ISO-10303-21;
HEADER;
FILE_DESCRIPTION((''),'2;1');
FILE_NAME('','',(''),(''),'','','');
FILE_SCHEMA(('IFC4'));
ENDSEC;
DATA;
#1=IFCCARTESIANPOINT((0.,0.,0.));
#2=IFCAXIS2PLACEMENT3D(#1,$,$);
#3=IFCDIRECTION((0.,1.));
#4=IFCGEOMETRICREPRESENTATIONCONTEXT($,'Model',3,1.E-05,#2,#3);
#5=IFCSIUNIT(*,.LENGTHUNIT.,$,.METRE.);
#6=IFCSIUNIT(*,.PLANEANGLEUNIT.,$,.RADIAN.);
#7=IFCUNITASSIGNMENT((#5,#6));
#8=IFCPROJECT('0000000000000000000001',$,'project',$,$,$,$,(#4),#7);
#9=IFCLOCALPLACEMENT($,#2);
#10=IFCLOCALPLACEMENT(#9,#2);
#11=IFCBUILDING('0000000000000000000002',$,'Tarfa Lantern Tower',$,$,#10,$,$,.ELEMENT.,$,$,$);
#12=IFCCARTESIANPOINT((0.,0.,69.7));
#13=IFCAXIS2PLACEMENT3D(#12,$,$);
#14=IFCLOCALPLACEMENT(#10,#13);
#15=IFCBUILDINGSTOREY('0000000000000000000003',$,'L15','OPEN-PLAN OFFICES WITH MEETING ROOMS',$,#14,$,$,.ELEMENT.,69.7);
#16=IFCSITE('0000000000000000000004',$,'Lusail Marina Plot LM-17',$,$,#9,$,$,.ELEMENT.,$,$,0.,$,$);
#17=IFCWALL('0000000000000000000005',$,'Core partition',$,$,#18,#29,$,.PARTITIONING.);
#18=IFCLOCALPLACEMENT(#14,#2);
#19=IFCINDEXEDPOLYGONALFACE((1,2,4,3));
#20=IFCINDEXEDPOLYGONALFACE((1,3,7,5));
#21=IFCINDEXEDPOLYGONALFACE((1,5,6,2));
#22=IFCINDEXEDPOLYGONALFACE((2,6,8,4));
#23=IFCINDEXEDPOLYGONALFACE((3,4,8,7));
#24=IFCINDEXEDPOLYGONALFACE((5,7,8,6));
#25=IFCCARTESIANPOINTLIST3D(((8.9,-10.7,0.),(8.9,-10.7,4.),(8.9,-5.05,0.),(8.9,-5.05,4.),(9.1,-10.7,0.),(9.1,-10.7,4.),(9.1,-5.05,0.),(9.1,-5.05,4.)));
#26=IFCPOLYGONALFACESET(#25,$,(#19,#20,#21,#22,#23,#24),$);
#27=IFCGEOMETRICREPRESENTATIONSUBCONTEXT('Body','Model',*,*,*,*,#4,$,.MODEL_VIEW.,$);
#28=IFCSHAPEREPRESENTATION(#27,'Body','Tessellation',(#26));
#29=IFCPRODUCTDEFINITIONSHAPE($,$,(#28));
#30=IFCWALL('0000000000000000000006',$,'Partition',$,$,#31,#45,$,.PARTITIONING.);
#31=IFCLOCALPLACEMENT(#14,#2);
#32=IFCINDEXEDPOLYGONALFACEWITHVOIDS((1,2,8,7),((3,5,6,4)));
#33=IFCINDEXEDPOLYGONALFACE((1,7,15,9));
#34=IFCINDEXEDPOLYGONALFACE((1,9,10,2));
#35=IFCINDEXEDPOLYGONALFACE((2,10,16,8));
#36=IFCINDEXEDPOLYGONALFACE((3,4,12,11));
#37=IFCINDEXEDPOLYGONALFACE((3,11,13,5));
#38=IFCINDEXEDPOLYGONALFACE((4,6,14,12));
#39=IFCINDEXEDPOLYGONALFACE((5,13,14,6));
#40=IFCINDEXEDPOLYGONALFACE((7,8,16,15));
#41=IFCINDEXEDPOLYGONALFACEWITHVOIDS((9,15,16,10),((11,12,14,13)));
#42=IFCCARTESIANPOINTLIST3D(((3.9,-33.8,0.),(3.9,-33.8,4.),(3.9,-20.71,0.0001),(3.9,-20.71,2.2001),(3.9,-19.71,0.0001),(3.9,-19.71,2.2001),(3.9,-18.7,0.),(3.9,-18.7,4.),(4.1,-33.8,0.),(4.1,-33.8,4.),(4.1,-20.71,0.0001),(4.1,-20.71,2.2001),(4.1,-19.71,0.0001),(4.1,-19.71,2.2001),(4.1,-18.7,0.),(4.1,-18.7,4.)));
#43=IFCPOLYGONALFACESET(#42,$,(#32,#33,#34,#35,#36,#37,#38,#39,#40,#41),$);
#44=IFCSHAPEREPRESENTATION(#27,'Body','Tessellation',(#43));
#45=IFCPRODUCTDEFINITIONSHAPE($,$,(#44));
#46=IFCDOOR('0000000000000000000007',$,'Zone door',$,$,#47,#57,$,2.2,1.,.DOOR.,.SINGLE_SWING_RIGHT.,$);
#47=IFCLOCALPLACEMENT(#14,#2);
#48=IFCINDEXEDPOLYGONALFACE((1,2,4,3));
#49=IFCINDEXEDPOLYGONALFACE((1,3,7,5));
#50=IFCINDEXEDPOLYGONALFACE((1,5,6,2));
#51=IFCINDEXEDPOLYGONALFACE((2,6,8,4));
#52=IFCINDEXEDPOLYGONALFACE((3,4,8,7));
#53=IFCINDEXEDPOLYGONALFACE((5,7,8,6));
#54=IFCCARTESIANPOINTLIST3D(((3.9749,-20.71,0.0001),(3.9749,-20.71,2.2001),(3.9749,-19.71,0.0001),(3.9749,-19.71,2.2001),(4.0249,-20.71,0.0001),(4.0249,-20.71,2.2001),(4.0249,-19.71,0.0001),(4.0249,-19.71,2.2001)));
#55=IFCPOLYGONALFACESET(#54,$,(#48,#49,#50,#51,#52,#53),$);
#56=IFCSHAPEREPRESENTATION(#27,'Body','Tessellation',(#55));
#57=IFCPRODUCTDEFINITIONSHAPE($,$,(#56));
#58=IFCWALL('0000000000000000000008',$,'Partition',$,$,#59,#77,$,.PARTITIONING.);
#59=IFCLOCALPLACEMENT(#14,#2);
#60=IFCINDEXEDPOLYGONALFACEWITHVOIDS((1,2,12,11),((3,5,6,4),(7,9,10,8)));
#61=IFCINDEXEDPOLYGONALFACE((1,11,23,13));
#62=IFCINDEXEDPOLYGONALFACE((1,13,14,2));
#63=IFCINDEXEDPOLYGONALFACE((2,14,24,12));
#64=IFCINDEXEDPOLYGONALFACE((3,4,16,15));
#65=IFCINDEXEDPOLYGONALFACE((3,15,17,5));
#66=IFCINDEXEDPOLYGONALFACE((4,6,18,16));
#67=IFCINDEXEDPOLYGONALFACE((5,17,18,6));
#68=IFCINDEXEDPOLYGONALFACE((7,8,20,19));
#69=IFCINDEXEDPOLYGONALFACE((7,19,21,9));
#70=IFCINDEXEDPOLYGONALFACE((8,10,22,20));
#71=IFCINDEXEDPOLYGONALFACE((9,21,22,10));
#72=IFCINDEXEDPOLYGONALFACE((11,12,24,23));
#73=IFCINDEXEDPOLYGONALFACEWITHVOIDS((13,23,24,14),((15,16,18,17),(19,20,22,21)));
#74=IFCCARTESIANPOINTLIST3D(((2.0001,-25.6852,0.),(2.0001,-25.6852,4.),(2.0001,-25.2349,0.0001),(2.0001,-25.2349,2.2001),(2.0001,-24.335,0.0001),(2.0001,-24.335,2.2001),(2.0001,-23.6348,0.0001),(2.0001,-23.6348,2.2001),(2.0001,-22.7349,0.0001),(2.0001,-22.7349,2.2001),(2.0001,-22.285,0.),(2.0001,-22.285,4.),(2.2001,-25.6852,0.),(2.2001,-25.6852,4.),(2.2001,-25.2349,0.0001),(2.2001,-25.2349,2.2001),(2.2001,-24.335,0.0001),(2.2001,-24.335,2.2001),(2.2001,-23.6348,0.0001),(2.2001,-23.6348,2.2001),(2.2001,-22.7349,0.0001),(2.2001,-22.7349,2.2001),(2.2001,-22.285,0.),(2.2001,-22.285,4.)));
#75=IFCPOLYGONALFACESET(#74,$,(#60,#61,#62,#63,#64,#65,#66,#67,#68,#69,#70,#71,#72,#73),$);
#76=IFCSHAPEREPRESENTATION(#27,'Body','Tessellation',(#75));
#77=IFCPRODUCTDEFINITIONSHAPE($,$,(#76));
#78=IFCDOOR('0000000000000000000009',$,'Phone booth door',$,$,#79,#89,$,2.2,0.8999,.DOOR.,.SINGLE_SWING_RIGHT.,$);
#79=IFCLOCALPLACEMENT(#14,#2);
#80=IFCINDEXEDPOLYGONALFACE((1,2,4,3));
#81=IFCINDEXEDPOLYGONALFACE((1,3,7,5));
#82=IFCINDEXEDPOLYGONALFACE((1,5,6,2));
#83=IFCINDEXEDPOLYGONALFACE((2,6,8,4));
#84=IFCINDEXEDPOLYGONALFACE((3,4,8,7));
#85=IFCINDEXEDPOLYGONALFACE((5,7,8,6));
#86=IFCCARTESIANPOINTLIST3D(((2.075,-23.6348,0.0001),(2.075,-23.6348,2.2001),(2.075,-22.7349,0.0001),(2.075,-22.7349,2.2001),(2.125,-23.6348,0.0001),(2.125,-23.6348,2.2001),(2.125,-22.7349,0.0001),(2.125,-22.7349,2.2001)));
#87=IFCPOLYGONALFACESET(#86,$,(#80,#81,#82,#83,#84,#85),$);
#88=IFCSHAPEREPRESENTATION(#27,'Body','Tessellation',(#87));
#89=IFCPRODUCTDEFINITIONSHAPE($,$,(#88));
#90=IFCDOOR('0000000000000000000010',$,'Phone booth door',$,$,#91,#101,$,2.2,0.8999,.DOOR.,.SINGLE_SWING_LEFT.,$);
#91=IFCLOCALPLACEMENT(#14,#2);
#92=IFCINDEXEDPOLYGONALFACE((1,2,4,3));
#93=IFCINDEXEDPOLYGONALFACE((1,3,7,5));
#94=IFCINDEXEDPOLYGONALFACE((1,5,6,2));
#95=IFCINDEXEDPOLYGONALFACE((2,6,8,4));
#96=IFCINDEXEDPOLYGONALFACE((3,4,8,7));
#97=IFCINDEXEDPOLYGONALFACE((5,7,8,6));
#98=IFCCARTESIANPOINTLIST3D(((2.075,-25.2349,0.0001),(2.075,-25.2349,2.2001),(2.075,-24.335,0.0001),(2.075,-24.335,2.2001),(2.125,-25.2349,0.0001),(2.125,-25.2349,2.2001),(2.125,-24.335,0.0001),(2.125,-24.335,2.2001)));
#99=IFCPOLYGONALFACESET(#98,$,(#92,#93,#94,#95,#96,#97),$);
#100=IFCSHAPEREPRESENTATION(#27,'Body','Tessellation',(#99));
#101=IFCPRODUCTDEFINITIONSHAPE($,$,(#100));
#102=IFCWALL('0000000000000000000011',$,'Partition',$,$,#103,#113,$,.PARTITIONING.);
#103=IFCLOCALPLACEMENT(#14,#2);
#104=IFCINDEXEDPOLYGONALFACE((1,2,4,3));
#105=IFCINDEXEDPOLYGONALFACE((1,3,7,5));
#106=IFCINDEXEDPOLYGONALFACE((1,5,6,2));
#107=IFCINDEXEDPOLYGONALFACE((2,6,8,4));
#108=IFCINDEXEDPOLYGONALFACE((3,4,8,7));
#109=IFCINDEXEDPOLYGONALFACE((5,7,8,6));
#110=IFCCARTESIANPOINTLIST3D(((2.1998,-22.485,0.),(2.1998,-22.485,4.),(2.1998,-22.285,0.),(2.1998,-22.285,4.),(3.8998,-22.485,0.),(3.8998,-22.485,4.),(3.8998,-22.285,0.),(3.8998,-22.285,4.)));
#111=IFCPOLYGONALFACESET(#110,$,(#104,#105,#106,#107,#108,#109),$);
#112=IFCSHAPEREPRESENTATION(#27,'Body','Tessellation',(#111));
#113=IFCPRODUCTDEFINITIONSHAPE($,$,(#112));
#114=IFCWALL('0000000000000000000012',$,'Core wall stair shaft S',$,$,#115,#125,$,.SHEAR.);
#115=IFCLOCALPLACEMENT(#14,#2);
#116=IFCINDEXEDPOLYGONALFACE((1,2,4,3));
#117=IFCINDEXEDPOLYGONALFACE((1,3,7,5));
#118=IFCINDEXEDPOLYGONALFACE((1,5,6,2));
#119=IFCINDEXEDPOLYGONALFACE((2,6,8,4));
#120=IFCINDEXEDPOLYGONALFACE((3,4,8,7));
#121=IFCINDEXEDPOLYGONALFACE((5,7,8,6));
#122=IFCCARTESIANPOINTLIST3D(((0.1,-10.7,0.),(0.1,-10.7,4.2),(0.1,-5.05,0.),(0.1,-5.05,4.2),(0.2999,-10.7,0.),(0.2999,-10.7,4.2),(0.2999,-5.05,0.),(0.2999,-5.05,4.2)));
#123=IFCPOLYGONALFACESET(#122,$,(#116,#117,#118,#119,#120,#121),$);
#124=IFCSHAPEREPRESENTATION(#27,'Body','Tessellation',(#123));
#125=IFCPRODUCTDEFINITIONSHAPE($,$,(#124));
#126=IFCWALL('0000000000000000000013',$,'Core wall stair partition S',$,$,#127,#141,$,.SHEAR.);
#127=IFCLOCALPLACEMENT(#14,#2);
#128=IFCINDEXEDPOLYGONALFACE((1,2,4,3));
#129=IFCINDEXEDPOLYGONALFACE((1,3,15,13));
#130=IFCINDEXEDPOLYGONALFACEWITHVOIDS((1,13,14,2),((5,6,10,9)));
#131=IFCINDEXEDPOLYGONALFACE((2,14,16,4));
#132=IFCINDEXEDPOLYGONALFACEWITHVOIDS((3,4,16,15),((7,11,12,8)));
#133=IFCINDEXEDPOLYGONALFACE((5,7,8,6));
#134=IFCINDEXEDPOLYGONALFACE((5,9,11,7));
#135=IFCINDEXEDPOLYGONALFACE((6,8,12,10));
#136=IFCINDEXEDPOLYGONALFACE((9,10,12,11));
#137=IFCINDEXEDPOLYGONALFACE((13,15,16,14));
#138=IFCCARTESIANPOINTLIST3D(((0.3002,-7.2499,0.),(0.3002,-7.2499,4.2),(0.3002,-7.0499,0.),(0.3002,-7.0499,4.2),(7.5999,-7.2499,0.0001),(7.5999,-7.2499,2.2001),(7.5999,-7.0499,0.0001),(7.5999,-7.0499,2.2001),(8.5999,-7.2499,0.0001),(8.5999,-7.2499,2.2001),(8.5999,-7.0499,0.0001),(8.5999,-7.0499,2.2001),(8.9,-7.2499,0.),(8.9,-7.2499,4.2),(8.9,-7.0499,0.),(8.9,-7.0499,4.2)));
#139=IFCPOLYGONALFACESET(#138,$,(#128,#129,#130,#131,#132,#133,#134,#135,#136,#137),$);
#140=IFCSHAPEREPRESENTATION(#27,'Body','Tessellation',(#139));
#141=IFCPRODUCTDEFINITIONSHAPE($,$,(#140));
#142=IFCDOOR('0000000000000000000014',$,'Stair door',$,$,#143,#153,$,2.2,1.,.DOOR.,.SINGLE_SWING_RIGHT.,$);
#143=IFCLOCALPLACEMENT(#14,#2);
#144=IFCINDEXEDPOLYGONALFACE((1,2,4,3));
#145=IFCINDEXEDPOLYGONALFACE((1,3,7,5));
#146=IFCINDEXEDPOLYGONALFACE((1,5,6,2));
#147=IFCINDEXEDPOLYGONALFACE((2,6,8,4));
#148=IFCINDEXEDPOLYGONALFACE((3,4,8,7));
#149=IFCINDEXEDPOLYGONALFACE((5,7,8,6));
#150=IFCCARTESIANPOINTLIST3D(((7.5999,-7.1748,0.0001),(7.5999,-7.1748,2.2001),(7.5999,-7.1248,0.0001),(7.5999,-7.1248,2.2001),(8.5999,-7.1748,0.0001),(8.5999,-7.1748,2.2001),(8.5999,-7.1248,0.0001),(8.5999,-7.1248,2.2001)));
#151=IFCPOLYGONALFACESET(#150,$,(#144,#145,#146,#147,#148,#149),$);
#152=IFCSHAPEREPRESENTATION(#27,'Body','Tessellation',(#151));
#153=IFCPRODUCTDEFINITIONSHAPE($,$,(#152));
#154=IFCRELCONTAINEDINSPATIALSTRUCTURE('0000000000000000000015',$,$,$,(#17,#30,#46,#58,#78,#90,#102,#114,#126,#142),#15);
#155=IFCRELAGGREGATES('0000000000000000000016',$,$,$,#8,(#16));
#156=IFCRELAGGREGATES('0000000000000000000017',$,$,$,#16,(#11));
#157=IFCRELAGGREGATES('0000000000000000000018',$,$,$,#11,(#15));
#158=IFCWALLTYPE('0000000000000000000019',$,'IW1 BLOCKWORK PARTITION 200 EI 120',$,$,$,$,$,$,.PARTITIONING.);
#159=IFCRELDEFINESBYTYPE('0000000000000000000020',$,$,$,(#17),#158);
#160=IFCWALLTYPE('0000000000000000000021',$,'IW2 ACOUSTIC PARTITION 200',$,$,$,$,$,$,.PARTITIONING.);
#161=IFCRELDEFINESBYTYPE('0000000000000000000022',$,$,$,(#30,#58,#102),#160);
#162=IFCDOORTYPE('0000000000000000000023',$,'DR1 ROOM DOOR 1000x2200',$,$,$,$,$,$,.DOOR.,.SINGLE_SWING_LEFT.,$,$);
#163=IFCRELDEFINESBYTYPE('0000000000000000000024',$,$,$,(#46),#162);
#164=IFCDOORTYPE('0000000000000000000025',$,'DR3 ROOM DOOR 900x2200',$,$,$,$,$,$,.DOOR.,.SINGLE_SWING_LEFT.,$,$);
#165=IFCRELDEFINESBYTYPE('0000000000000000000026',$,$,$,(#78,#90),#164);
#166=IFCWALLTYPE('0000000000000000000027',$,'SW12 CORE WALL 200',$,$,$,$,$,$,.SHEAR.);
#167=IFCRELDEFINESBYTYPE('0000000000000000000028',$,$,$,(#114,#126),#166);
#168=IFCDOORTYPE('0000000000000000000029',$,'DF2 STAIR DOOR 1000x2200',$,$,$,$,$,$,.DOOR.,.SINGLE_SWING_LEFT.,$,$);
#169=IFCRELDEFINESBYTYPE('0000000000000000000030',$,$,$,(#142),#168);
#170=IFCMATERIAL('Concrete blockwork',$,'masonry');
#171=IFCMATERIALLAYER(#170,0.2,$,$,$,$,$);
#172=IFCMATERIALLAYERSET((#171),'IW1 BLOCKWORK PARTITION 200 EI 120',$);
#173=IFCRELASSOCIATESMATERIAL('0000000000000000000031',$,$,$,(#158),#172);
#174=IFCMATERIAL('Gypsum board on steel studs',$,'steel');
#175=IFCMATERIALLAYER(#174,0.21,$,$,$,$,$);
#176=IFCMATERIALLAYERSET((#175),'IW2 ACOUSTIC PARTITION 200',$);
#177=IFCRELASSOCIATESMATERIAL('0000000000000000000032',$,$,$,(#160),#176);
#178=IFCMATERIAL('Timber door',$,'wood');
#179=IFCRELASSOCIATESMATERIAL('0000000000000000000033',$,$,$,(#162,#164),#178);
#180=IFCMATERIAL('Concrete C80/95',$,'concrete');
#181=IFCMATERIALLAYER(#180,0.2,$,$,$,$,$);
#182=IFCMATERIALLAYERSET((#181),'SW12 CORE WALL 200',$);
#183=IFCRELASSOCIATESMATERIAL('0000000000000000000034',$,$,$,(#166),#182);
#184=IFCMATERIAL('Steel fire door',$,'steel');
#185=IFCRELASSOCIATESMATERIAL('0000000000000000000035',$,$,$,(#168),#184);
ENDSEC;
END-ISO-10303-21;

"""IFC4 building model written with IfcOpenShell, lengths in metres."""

from ifc_helpers import new_model, si_unit, direction, frame, frame_2d, origin, place, context, subcontext, project, spatial, rectangle, extrude, material, layer, layer_set, type_object, element, fill, save


model = new_model("IFC4")

# Units and contexts
model_context = context("Model", 3, precision=1e-05, world=origin(), true_north=direction((0.0, 1.0)))
body_context = subcontext(model_context, "Body", "Model", "MODEL_VIEW")
ifc_project = project(units=[si_unit("LENGTHUNIT", "METRE"), si_unit("PLANEANGLEUNIT", "RADIAN")], contexts=[model_context])

# Site, building, storey
site_placement = place(None, origin())
site = spatial("IfcSite", under=ifc_project, at=site_placement, Name="Lusail Marina Plot LM-17", CompositionType="ELEMENT", RefElevation=0.0)
building_placement = place(site_placement, origin())
building = spatial("IfcBuilding", under=site, at=building_placement, Name="Tarfa Lantern Tower", CompositionType="ELEMENT")
storey_placement = place(building_placement, frame((0.0, 0.0, 69.7)))
storey = spatial("IfcBuildingStorey", under=building, at=storey_placement, Name="L15", Description="OPEN-PLAN OFFICES WITH MEETING ROOMS", CompositionType="ELEMENT", Elevation=69.7)

# Wall
ifc_material_1 = material(Name="Concrete blockwork", Category="masonry")
ifc_layer_1 = layer(ifc_material_1, 0.2)
ifc_layer_set_1 = layer_set([ifc_layer_1], Name="IW1 BLOCKWORK PARTITION 200 EI 120")
wall_type_1 = type_object("IfcWallType", Name="IW1 BLOCKWORK PARTITION 200 EI 120", PredefinedType="PARTITIONING", material=ifc_layer_set_1)
wall_1_placement = place(storey_placement, frame((9.0, -5.05, 0.0), z_axis=(0.0, 0.0, 1.0), x_axis=(0.0, -1.0, 0.0)))
element("IfcWall", 1, at=wall_1_placement, inside=storey, type_object=wall_type_1, Name="Core partition", PredefinedType="PARTITIONING", context=body_context, shape_type="SweptSolid", body=[
    extrude(rectangle(XDim=5.6499, YDim=0.2, at=frame_2d((2.825, 0.0))), origin(), (0.0, 0.0, 1.0), 4.0),
])

# Wall, opening, door
ifc_material_2 = material(Name="Gypsum board on steel studs", Category="steel")
ifc_layer_2 = layer(ifc_material_2, 0.21)
ifc_layer_set_2 = layer_set([ifc_layer_2], Name="IW2 ACOUSTIC PARTITION 200")
wall_type_2 = type_object("IfcWallType", Name="IW2 ACOUSTIC PARTITION 200", PredefinedType="PARTITIONING", material=ifc_layer_set_2)
wall_2_placement = place(storey_placement, frame((4.0, -18.7, 0.0), z_axis=(0.0, 0.0, 1.0), x_axis=(0.0, -1.0, 0.0)))
wall_2 = element("IfcWall", 2, at=wall_2_placement, inside=storey, type_object=wall_type_2, Name="Partition", PredefinedType="PARTITIONING", context=body_context, shape_type="SweptSolid", body=[
    extrude(rectangle(XDim=15.1001, YDim=0.2, at=frame_2d((7.55, 0.0))), origin(), (0.0, 0.0, 1.0), 4.0),
])
opening_1_placement = place(wall_2_placement, frame((1.01, 0.0, 0.0)))
opening_1 = element("IfcOpeningElement", 3, at=opening_1_placement, cuts=wall_2, PredefinedType="OPENING", context=body_context, shape_type="SweptSolid", body=[
    extrude(rectangle(XDim=1.0, YDim=2.2, at=frame_2d((0.5, 1.1001))), frame((0.0, 0.1099, 0.0), z_axis=(0.0, -1.0, 0.0), x_axis=(1.0, 0.0, 0.0)), (0.0, 0.0, 1.0), 0.22),
])
ifc_material_3 = material(Name="Timber door", Category="wood")
door_type_1 = type_object("IfcDoorType", Name="DR1 ROOM DOOR 1000x2200", OperationType="SINGLE_SWING_LEFT", PredefinedType="DOOR", material=ifc_material_3)
door_1_placement = place(opening_1_placement, origin())
door_1 = element("IfcDoor", 4, at=door_1_placement, inside=storey, type_object=door_type_1, Name="Zone door", OperationType="SINGLE_SWING_RIGHT", OverallHeight=2.2, OverallWidth=1.0, PredefinedType="DOOR", context=body_context, shape_type="SweptSolid", body=[
    extrude(rectangle(XDim=1.0, YDim=2.2, at=frame_2d((0.5, 1.1001))), frame((0.0, 0.0249, 0.0), z_axis=(0.0, -1.0, 0.0), x_axis=(1.0, 0.0, 0.0)), (0.0, 0.0, 1.0), 0.05),
])
fill(opening_1, door_1)

# Wall, openings, doors
wall_3_placement = place(storey_placement, frame((2.1001, -22.2849, 0.0), z_axis=(0.0, 0.0, 1.0), x_axis=(0.0, -1.0, 0.0)))
wall_3 = element("IfcWall", 5, at=wall_3_placement, inside=storey, type_object=wall_type_2, Name="Partition", PredefinedType="PARTITIONING", context=body_context, shape_type="SweptSolid", body=[
    extrude(rectangle(XDim=3.4001, YDim=0.2, at=frame_2d((1.7002, 0.0))), origin(), (0.0, 0.0, 1.0), 4.0),
])
opening_2_placement = place(wall_3_placement, frame((0.45, 0.0, 0.0)))
opening_2 = element("IfcOpeningElement", 6, at=opening_2_placement, cuts=wall_3, PredefinedType="OPENING", context=body_context, shape_type="SweptSolid", body=[
    extrude(rectangle(XDim=0.8999, YDim=2.2, at=frame_2d((0.45, 1.1001))), frame((0.0, 0.1099, 0.0), z_axis=(0.0, -1.0, 0.0), x_axis=(1.0, 0.0, 0.0)), (0.0, 0.0, 1.0), 0.22),
])
opening_3_placement = place(wall_3_placement, frame((2.05, 0.0, 0.0)))
opening_3 = element("IfcOpeningElement", 7, at=opening_3_placement, cuts=wall_3, PredefinedType="OPENING", context=body_context, shape_type="SweptSolid", body=[
    extrude(rectangle(XDim=0.8999, YDim=2.2, at=frame_2d((0.45, 1.1001))), frame((0.0, 0.1099, 0.0), z_axis=(0.0, -1.0, 0.0), x_axis=(1.0, 0.0, 0.0)), (0.0, 0.0, 1.0), 0.22),
])
door_type_2 = type_object("IfcDoorType", Name="DR3 ROOM DOOR 900x2200", OperationType="SINGLE_SWING_LEFT", PredefinedType="DOOR", material=ifc_material_3)
door_2_placement = place(opening_2_placement, origin())
door_2 = element("IfcDoor", 8, at=door_2_placement, inside=storey, type_object=door_type_2, Name="Phone booth door", OperationType="SINGLE_SWING_RIGHT", OverallHeight=2.2, OverallWidth=0.8999, PredefinedType="DOOR", context=body_context, shape_type="SweptSolid", body=[
    extrude(rectangle(XDim=0.8999, YDim=2.2, at=frame_2d((0.45, 1.1001))), frame((0.0, 0.0249, 0.0), z_axis=(0.0, -1.0, 0.0), x_axis=(1.0, 0.0, 0.0)), (0.0, 0.0, 1.0), 0.05),
])
fill(opening_2, door_2)
door_3_placement = place(opening_3_placement, origin())
door_3 = element("IfcDoor", 9, at=door_3_placement, inside=storey, type_object=door_type_2, Name="Phone booth door", OperationType="SINGLE_SWING_LEFT", OverallHeight=2.2, OverallWidth=0.8999, PredefinedType="DOOR", context=body_context, shape_type="SweptSolid", body=[
    extrude(rectangle(XDim=0.8999, YDim=2.2, at=frame_2d((0.45, 1.1001))), frame((0.0, 0.0249, 0.0), z_axis=(0.0, -1.0, 0.0), x_axis=(1.0, 0.0, 0.0)), (0.0, 0.0, 1.0), 0.05),
])
fill(opening_3, door_3)

# Walls
wall_4_placement = place(storey_placement, frame((3.8999, -22.385, 0.0), z_axis=(0.0, 0.0, 1.0), x_axis=(-1.0, 0.0, 0.0)))
element("IfcWall", 10, at=wall_4_placement, inside=storey, type_object=wall_type_2, Name="Partition", PredefinedType="PARTITIONING", context=body_context, shape_type="SweptSolid", body=[
    extrude(rectangle(XDim=1.7, YDim=0.2, at=frame_2d((0.8501, 0.0))), origin(), (0.0, 0.0, 1.0), 4.0),
])
ifc_material_4 = material(Name="Concrete C80/95", Category="concrete")
ifc_layer_3 = layer(ifc_material_4, 0.2)
ifc_layer_set_3 = layer_set([ifc_layer_3], Name="SW12 CORE WALL 200")
wall_type_3 = type_object("IfcWallType", Name="SW12 CORE WALL 200", PredefinedType="SHEAR", material=ifc_layer_set_3)
wall_5_placement = place(storey_placement, frame((0.2, -5.05, 0.0), z_axis=(0.0, 0.0, 1.0), x_axis=(0.0, -1.0, 0.0)))
element("IfcWall", 11, at=wall_5_placement, inside=storey, type_object=wall_type_3, Name="Core wall stair shaft S", PredefinedType="SHEAR", context=body_context, shape_type="SweptSolid", body=[
    extrude(rectangle(XDim=5.6499, YDim=0.2, at=frame_2d((2.825, 0.0))), origin(), (0.0, 0.0, 1.0), 4.2),
])

# Wall, opening, door
wall_6_placement = place(storey_placement, frame((8.8999, -7.1499, 0.0), z_axis=(0.0, 0.0, 1.0), x_axis=(-1.0, 0.0, 0.0)))
wall_6 = element("IfcWall", 12, at=wall_6_placement, inside=storey, type_object=wall_type_3, Name="Core wall stair partition S", PredefinedType="SHEAR", context=body_context, shape_type="SweptSolid", body=[
    extrude(rectangle(XDim=8.5999, YDim=0.2, at=frame_2d((4.2998, 0.0))), origin(), (0.0, 0.0, 1.0), 4.2),
])
opening_4_placement = place(wall_6_placement, frame((0.3, 0.0, 0.0)))
opening_4 = element("IfcOpeningElement", 13, at=opening_4_placement, cuts=wall_6, PredefinedType="OPENING", context=body_context, shape_type="SweptSolid", body=[
    extrude(rectangle(XDim=1.0, YDim=2.2, at=frame_2d((0.5, 1.1001))), frame((0.0, 0.1099, 0.0), z_axis=(0.0, -1.0, 0.0), x_axis=(1.0, 0.0, 0.0)), (0.0, 0.0, 1.0), 0.22),
])
ifc_material_5 = material(Name="Steel fire door", Category="steel")
door_type_3 = type_object("IfcDoorType", Name="DF2 STAIR DOOR 1000x2200", OperationType="SINGLE_SWING_LEFT", PredefinedType="DOOR", material=ifc_material_5)
door_4_placement = place(opening_4_placement, origin())
door_4 = element("IfcDoor", 14, at=door_4_placement, inside=storey, type_object=door_type_3, Name="Stair door", OperationType="SINGLE_SWING_RIGHT", OverallHeight=2.2, OverallWidth=1.0, PredefinedType="DOOR", context=body_context, shape_type="SweptSolid", body=[
    extrude(rectangle(XDim=1.0, YDim=2.2, at=frame_2d((0.5, 1.1001))), frame((0.0, 0.0249, 0.0), z_axis=(0.0, -1.0, 0.0), x_axis=(1.0, 0.0, 0.0)), (0.0, 0.0, 1.0), 0.05),
])
fill(opening_4, door_4)

save(model, "model.ifc")
